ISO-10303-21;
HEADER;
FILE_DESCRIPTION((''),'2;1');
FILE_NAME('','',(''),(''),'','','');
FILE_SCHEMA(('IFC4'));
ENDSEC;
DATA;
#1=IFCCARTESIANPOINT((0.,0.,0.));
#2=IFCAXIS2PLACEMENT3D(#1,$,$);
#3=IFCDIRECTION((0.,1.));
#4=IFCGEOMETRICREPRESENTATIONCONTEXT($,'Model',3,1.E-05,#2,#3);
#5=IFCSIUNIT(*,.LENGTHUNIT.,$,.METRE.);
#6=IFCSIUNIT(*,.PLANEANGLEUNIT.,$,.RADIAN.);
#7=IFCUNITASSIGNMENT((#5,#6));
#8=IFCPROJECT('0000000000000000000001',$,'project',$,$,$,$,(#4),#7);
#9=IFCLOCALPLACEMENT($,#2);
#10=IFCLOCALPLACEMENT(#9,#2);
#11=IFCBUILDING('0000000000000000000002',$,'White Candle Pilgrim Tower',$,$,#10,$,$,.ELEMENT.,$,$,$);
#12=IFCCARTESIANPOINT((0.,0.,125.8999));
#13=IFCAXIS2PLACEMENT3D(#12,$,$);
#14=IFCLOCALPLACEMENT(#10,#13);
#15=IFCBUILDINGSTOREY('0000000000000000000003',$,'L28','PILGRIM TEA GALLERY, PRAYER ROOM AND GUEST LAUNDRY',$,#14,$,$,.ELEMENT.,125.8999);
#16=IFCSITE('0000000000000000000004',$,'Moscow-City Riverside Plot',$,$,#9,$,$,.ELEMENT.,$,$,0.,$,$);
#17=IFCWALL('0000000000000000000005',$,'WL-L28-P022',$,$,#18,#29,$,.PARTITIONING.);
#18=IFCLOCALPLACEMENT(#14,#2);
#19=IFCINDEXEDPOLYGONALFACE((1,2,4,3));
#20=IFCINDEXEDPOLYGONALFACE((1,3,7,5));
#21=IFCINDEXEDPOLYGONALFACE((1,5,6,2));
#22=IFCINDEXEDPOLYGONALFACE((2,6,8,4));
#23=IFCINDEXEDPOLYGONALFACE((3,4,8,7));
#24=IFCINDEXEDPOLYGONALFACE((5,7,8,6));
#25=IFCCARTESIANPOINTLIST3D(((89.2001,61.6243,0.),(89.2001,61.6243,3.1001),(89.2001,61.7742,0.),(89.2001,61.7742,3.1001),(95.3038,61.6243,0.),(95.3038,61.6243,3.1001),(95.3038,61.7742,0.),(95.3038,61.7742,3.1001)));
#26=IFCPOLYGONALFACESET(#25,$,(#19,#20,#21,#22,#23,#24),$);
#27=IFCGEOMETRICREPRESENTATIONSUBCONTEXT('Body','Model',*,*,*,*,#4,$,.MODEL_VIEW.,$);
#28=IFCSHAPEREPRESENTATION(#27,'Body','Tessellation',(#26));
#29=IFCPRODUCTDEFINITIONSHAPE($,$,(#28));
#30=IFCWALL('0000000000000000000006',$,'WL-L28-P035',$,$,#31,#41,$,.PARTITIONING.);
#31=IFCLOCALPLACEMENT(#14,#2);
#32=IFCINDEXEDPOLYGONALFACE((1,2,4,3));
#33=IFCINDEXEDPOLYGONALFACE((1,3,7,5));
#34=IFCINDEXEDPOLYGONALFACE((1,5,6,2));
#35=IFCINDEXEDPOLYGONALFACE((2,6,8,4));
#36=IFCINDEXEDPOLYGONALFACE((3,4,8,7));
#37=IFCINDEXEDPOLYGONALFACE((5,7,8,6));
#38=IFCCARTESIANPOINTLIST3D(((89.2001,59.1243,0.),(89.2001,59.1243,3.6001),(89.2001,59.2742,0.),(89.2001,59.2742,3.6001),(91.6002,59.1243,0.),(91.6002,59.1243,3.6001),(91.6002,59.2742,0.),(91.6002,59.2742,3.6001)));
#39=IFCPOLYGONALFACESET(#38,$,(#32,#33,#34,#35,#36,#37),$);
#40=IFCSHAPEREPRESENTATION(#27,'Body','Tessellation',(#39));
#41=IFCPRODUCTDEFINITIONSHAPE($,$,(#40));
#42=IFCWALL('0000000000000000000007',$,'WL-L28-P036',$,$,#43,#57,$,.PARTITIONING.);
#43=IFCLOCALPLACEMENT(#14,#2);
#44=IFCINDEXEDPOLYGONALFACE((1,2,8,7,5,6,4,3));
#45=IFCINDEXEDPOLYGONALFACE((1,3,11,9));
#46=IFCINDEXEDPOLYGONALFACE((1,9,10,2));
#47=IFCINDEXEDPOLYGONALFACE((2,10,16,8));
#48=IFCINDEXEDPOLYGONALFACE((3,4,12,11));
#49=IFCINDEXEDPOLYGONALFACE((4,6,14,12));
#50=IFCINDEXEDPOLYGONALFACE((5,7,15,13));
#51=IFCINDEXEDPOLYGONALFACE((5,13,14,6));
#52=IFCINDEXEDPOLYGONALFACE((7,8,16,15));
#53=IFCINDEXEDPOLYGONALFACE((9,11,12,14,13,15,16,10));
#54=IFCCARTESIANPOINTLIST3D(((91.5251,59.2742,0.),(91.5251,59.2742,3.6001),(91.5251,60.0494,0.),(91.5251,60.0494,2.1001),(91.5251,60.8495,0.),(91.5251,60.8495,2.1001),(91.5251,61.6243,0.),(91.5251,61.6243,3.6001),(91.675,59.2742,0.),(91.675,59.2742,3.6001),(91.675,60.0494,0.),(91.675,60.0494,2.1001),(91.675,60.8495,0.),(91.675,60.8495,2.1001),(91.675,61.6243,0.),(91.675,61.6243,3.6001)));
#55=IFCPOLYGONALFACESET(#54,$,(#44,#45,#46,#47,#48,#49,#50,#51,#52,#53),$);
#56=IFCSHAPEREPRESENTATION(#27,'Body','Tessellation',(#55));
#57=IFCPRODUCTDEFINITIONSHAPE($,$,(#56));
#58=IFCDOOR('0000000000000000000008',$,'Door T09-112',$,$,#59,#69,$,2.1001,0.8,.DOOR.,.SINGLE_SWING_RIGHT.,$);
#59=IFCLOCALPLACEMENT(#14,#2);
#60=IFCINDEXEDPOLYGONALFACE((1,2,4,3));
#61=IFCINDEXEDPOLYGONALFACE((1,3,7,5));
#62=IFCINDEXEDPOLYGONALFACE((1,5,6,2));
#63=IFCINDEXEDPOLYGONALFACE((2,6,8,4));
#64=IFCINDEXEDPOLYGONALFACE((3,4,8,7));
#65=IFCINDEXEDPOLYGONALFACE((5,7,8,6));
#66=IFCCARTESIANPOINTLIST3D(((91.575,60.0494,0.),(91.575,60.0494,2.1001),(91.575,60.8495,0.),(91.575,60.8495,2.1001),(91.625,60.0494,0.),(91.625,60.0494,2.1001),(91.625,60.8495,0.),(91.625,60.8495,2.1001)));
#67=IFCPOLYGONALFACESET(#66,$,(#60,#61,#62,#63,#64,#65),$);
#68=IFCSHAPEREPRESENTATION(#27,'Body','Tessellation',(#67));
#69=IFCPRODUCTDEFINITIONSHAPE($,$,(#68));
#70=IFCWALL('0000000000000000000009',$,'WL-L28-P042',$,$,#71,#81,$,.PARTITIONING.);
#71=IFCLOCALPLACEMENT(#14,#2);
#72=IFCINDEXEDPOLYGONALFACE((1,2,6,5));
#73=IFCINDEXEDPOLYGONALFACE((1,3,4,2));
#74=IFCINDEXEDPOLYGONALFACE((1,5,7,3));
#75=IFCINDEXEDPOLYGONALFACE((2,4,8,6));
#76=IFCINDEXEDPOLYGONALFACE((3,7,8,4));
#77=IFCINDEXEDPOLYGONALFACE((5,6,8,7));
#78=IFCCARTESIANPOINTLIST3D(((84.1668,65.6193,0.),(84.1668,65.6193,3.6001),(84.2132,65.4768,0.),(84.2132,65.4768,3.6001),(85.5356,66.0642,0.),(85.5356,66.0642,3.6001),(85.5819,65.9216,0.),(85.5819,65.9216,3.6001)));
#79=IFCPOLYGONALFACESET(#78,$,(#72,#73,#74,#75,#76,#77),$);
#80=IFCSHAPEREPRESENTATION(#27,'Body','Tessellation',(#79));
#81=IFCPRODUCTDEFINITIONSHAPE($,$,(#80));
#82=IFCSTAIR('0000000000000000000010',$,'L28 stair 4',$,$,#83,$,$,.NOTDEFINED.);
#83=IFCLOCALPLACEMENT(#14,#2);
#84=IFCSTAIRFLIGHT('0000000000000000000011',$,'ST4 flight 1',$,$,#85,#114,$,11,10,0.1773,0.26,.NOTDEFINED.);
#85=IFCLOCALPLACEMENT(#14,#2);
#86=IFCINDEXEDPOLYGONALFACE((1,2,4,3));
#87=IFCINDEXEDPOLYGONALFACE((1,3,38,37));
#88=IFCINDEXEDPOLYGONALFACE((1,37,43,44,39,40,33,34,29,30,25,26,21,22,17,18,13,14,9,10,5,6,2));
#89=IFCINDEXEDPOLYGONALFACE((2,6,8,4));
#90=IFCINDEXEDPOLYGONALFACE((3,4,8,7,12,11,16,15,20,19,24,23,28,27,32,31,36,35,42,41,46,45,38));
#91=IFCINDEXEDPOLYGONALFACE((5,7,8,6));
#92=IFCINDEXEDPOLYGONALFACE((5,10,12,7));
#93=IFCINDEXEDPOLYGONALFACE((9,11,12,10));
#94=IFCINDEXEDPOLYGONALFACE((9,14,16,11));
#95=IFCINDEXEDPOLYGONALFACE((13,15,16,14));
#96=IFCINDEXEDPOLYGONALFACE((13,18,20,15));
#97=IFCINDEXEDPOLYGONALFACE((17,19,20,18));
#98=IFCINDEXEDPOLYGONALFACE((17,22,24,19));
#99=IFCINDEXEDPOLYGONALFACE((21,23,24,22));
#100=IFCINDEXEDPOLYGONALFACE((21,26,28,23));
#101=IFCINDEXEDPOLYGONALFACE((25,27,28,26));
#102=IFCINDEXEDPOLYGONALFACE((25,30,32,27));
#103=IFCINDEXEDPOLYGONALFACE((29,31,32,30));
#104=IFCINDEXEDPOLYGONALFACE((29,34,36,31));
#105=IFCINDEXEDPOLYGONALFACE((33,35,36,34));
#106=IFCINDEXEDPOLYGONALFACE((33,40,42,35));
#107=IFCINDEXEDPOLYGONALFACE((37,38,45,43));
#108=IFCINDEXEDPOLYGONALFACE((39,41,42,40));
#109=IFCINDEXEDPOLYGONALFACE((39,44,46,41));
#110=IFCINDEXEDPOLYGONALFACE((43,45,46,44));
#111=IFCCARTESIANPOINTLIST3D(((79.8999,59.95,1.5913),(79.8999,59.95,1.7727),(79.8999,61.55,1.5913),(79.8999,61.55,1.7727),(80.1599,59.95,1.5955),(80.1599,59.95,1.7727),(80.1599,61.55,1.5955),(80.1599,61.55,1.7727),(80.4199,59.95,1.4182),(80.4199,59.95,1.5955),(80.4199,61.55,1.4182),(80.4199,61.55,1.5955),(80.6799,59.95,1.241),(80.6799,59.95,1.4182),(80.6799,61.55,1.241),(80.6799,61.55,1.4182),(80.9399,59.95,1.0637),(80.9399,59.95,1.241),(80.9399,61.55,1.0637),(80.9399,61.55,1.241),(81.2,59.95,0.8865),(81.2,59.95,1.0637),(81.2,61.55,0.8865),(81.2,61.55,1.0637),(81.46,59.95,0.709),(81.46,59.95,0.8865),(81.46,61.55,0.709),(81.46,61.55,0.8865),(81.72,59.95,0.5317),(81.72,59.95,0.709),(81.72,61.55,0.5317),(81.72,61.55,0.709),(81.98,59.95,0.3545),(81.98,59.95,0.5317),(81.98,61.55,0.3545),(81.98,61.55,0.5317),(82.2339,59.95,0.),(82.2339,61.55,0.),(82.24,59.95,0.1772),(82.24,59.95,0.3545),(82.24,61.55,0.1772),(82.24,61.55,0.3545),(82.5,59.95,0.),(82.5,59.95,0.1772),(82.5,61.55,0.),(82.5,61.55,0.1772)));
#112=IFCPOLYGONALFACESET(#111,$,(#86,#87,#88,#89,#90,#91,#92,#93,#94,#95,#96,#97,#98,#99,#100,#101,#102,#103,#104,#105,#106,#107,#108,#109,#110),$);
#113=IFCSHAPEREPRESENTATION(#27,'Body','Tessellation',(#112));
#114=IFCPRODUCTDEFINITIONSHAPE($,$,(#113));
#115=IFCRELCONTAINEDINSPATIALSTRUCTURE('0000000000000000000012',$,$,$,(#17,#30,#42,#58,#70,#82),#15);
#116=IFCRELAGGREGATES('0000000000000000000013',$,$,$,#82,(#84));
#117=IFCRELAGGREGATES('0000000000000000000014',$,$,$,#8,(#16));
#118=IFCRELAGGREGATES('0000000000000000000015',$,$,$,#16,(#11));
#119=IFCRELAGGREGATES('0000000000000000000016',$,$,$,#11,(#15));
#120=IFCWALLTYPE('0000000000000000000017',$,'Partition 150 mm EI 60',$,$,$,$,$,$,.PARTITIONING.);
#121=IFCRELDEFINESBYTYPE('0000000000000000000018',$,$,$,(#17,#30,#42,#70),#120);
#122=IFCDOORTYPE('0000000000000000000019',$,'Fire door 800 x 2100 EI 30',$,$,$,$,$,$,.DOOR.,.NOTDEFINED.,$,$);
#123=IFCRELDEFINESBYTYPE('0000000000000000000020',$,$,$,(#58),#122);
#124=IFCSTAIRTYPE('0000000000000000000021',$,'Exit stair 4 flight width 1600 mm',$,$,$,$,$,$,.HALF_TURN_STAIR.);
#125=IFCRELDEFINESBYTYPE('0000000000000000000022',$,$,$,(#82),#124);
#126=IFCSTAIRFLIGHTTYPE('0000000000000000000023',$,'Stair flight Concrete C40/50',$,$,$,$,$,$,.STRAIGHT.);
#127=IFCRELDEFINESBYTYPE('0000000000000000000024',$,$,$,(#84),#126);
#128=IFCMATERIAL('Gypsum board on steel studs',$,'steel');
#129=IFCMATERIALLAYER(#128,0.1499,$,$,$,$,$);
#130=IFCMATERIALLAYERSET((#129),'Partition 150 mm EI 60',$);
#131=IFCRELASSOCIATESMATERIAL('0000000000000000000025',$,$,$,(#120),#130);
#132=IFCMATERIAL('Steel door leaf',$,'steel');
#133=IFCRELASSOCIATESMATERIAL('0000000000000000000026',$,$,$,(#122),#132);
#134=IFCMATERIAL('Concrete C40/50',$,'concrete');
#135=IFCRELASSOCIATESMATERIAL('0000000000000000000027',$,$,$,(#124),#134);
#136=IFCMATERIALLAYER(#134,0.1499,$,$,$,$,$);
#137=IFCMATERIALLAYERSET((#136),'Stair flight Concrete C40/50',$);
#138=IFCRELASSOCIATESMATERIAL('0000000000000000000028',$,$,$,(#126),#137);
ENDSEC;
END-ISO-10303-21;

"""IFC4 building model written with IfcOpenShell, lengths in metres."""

from ifc_helpers import new_model, si_unit, direction, frame, frame_2d, origin, place, context, subcontext, project, spatial, polyline, rectangle, outline, extrude, material, layer, layer_set, type_object, element, fill, aggregate, save


model = new_model("IFC4")

# Units and contexts
model_context = context("Model", 3, precision=1e-05, world=origin(), true_north=direction((0.0, 1.0)))
body_context = subcontext(model_context, "Body", "Model", "MODEL_VIEW")
ifc_project = project(units=[si_unit("LENGTHUNIT", "METRE"), si_unit("PLANEANGLEUNIT", "RADIAN")], contexts=[model_context])

# Site, building, storey
site_placement = place(None, origin())
site = spatial("IfcSite", under=ifc_project, at=site_placement, Name="Moscow-City Riverside Plot", CompositionType="ELEMENT", RefElevation=0.0)
building_placement = place(site_placement, origin())
building = spatial("IfcBuilding", under=site, at=building_placement, Name="White Candle Pilgrim Tower", CompositionType="ELEMENT")
storey_placement = place(building_placement, frame((0.0, 0.0, 125.8999)))
storey = spatial("IfcBuildingStorey", under=building, at=storey_placement, Name="L28", Description="PILGRIM TEA GALLERY, PRAYER ROOM AND GUEST LAUNDRY", CompositionType="ELEMENT", Elevation=125.8999)

# Shared definitions
ifc_material_1 = material(Name="Gypsum board on steel studs", Category="steel")
ifc_material_2 = material(Name="Steel door leaf", Category="steel")

# Walls
ifc_layer_1 = layer(ifc_material_1, 0.1499)
ifc_layer_set_1 = layer_set([ifc_layer_1], Name="Partition 150 mm EI 60")
wall_type_1 = type_object("IfcWallType", Name="Partition 150 mm EI 60", PredefinedType="PARTITIONING", material=ifc_layer_set_1)
wall_1_placement = place(storey_placement, frame((95.3037, 61.6992, 0.0), z_axis=(0.0, 0.0, 1.0), x_axis=(-1.0, 0.0, 0.0)))
element("IfcWall", 1, at=wall_1_placement, inside=storey, type_object=wall_type_1, Name="WL-L28-P022", PredefinedType="PARTITIONING", context=body_context, shape_type="SweptSolid", body=[
    extrude(rectangle(XDim=6.1038, YDim=0.1499, at=frame_2d((3.0518, 0.0))), origin(), (0.0, 0.0, 1.0), 3.1001),
])
wall_2_placement = place(storey_placement, frame((89.2, 59.1992, 0.0), z_axis=(0.0, 0.0, 1.0), x_axis=(1.0, 0.0, 0.0)))
element("IfcWall", 2, at=wall_2_placement, inside=storey, type_object=wall_type_1, Name="WL-L28-P035", PredefinedType="PARTITIONING", context=body_context, shape_type="SweptSolid", body=[
    extrude(rectangle(XDim=2.4001, YDim=0.1499, at=frame_2d((1.2002, 0.0))), origin(), (0.0, 0.0, 1.0), 3.6001),
])

# Wall, opening, door
wall_3_placement = place(storey_placement, frame((91.6001, 61.6243, 0.0), z_axis=(0.0, 0.0, 1.0), x_axis=(0.0, -1.0, 0.0)))
wall_3 = element("IfcWall", 3, at=wall_3_placement, inside=storey, type_object=wall_type_1, Name="WL-L28-P036", PredefinedType="PARTITIONING", context=body_context, shape_type="SweptSolid", body=[
    extrude(rectangle(XDim=2.3501, YDim=0.1499, at=frame_2d((1.175, 0.0))), origin(), (0.0, 0.0, 1.0), 3.6001),
])
opening_1_placement = place(wall_3_placement, frame((0.7749, 0.0, 0.0)))
opening_1 = element("IfcOpeningElement", 4, at=opening_1_placement, cuts=wall_3, PredefinedType="OPENING", context=body_context, shape_type="SweptSolid", body=[
    extrude(rectangle(XDim=0.8, YDim=2.1001, at=frame_2d((0.3999, 1.05))), frame((0.0, 0.085, 0.0), z_axis=(0.0, -1.0, 0.0), x_axis=(1.0, 0.0, 0.0)), (0.0, 0.0, 1.0), 0.1699),
])
door_type_1 = type_object("IfcDoorType", Name="Fire door 800 x 2100 EI 30", OperationType="NOTDEFINED", PredefinedType="DOOR", material=ifc_material_2)
door_1_placement = place(opening_1_placement, origin())
door_1 = element("IfcDoor", 5, at=door_1_placement, inside=storey, type_object=door_type_1, Name="Door T09-112", OperationType="SINGLE_SWING_RIGHT", OverallHeight=2.1001, OverallWidth=0.8, PredefinedType="DOOR", context=body_context, shape_type="SweptSolid", body=[
    extrude(rectangle(XDim=0.8, YDim=2.1001, at=frame_2d((0.3999, 1.05))), frame((0.0, 0.0249, 0.0), z_axis=(0.0, -1.0, 0.0), x_axis=(1.0, 0.0, 0.0)), (0.0, 0.0, 1.0), 0.05),
])
fill(opening_1, door_1)

# Wall
wall_4_placement = place(storey_placement, frame((85.5588, 65.9929, 0.0), z_axis=(0.0, 0.0, 1.0), x_axis=(-0.951032, -0.309094, 0.0)))
element("IfcWall", 6, at=wall_4_placement, inside=storey, type_object=wall_type_1, Name="WL-L28-P042", PredefinedType="PARTITIONING", context=body_context, shape_type="SweptSolid", body=[
    extrude(rectangle(XDim=1.4392, YDim=0.1499, at=frame_2d((0.7197, 0.0))), origin(), (0.0, 0.0, 1.0), 3.6001),
])

# Stair, stair flight
ifc_material_3 = material(Name="Concrete C40/50", Category="concrete")
stair_type = type_object("IfcStairType", Name="Exit stair 4 flight width 1600 mm", PredefinedType="HALF_TURN_STAIR", material=ifc_material_3)
stair_placement = place(storey_placement, origin())
stair = element("IfcStair", 7, at=stair_placement, inside=storey, type_object=stair_type, Name="L28 stair 4", PredefinedType="NOTDEFINED")
ifc_layer_2 = layer(ifc_material_3, 0.1499)
ifc_layer_set_2 = layer_set([ifc_layer_2], Name="Stair flight Concrete C40/50")
stair_flight_type = type_object("IfcStairFlightType", Name="Stair flight Concrete C40/50", PredefinedType="STRAIGHT", material=ifc_layer_set_2)
stair_flight_placement = place(storey_placement, frame((82.5, 60.75, 0.0), z_axis=(0.0, 0.0, 1.0), x_axis=(-1.0, 0.0, 0.0)))
stair_flight = element("IfcStairFlight", 8, at=stair_flight_placement, type_object=stair_flight_type, Name="ST4 flight 1", NumberOfRisers=11, NumberOfTreads=10, PredefinedType="NOTDEFINED", RiserHeight=0.1773, TreadLength=0.26, context=body_context, shape_type="SweptSolid", body=[
    extrude(outline(polyline([(0.0, 0.0), (0.0, 0.1772), (0.26, 0.1772), (0.26, 0.3545), (0.52, 0.3545), (0.52, 0.5317), (0.78, 0.5317), (0.78, 0.709), (1.04, 0.709), (1.04, 0.8865), (1.3, 0.8865), (1.3, 1.0637), (1.5601, 1.0637), (1.5601, 1.241), (1.8201, 1.241), (1.8201, 1.4182), (2.0801, 1.4182), (2.0801, 1.5955), (2.3401, 1.5955), (2.3401, 1.7727), (2.6001, 1.7727), (2.6001, 1.95), (2.6001, 1.5913), (0.2661, 0.0), (0.0, 0.0)])), frame((0.0, 0.8, 0.0), z_axis=(0.0, -1.0, 0.0), x_axis=(1.0, 0.0, 0.0)), (0.0, 0.0, 1.0), 1.6001),
])
aggregate(stair, [stair_flight])

save(model, "model.ifc")
